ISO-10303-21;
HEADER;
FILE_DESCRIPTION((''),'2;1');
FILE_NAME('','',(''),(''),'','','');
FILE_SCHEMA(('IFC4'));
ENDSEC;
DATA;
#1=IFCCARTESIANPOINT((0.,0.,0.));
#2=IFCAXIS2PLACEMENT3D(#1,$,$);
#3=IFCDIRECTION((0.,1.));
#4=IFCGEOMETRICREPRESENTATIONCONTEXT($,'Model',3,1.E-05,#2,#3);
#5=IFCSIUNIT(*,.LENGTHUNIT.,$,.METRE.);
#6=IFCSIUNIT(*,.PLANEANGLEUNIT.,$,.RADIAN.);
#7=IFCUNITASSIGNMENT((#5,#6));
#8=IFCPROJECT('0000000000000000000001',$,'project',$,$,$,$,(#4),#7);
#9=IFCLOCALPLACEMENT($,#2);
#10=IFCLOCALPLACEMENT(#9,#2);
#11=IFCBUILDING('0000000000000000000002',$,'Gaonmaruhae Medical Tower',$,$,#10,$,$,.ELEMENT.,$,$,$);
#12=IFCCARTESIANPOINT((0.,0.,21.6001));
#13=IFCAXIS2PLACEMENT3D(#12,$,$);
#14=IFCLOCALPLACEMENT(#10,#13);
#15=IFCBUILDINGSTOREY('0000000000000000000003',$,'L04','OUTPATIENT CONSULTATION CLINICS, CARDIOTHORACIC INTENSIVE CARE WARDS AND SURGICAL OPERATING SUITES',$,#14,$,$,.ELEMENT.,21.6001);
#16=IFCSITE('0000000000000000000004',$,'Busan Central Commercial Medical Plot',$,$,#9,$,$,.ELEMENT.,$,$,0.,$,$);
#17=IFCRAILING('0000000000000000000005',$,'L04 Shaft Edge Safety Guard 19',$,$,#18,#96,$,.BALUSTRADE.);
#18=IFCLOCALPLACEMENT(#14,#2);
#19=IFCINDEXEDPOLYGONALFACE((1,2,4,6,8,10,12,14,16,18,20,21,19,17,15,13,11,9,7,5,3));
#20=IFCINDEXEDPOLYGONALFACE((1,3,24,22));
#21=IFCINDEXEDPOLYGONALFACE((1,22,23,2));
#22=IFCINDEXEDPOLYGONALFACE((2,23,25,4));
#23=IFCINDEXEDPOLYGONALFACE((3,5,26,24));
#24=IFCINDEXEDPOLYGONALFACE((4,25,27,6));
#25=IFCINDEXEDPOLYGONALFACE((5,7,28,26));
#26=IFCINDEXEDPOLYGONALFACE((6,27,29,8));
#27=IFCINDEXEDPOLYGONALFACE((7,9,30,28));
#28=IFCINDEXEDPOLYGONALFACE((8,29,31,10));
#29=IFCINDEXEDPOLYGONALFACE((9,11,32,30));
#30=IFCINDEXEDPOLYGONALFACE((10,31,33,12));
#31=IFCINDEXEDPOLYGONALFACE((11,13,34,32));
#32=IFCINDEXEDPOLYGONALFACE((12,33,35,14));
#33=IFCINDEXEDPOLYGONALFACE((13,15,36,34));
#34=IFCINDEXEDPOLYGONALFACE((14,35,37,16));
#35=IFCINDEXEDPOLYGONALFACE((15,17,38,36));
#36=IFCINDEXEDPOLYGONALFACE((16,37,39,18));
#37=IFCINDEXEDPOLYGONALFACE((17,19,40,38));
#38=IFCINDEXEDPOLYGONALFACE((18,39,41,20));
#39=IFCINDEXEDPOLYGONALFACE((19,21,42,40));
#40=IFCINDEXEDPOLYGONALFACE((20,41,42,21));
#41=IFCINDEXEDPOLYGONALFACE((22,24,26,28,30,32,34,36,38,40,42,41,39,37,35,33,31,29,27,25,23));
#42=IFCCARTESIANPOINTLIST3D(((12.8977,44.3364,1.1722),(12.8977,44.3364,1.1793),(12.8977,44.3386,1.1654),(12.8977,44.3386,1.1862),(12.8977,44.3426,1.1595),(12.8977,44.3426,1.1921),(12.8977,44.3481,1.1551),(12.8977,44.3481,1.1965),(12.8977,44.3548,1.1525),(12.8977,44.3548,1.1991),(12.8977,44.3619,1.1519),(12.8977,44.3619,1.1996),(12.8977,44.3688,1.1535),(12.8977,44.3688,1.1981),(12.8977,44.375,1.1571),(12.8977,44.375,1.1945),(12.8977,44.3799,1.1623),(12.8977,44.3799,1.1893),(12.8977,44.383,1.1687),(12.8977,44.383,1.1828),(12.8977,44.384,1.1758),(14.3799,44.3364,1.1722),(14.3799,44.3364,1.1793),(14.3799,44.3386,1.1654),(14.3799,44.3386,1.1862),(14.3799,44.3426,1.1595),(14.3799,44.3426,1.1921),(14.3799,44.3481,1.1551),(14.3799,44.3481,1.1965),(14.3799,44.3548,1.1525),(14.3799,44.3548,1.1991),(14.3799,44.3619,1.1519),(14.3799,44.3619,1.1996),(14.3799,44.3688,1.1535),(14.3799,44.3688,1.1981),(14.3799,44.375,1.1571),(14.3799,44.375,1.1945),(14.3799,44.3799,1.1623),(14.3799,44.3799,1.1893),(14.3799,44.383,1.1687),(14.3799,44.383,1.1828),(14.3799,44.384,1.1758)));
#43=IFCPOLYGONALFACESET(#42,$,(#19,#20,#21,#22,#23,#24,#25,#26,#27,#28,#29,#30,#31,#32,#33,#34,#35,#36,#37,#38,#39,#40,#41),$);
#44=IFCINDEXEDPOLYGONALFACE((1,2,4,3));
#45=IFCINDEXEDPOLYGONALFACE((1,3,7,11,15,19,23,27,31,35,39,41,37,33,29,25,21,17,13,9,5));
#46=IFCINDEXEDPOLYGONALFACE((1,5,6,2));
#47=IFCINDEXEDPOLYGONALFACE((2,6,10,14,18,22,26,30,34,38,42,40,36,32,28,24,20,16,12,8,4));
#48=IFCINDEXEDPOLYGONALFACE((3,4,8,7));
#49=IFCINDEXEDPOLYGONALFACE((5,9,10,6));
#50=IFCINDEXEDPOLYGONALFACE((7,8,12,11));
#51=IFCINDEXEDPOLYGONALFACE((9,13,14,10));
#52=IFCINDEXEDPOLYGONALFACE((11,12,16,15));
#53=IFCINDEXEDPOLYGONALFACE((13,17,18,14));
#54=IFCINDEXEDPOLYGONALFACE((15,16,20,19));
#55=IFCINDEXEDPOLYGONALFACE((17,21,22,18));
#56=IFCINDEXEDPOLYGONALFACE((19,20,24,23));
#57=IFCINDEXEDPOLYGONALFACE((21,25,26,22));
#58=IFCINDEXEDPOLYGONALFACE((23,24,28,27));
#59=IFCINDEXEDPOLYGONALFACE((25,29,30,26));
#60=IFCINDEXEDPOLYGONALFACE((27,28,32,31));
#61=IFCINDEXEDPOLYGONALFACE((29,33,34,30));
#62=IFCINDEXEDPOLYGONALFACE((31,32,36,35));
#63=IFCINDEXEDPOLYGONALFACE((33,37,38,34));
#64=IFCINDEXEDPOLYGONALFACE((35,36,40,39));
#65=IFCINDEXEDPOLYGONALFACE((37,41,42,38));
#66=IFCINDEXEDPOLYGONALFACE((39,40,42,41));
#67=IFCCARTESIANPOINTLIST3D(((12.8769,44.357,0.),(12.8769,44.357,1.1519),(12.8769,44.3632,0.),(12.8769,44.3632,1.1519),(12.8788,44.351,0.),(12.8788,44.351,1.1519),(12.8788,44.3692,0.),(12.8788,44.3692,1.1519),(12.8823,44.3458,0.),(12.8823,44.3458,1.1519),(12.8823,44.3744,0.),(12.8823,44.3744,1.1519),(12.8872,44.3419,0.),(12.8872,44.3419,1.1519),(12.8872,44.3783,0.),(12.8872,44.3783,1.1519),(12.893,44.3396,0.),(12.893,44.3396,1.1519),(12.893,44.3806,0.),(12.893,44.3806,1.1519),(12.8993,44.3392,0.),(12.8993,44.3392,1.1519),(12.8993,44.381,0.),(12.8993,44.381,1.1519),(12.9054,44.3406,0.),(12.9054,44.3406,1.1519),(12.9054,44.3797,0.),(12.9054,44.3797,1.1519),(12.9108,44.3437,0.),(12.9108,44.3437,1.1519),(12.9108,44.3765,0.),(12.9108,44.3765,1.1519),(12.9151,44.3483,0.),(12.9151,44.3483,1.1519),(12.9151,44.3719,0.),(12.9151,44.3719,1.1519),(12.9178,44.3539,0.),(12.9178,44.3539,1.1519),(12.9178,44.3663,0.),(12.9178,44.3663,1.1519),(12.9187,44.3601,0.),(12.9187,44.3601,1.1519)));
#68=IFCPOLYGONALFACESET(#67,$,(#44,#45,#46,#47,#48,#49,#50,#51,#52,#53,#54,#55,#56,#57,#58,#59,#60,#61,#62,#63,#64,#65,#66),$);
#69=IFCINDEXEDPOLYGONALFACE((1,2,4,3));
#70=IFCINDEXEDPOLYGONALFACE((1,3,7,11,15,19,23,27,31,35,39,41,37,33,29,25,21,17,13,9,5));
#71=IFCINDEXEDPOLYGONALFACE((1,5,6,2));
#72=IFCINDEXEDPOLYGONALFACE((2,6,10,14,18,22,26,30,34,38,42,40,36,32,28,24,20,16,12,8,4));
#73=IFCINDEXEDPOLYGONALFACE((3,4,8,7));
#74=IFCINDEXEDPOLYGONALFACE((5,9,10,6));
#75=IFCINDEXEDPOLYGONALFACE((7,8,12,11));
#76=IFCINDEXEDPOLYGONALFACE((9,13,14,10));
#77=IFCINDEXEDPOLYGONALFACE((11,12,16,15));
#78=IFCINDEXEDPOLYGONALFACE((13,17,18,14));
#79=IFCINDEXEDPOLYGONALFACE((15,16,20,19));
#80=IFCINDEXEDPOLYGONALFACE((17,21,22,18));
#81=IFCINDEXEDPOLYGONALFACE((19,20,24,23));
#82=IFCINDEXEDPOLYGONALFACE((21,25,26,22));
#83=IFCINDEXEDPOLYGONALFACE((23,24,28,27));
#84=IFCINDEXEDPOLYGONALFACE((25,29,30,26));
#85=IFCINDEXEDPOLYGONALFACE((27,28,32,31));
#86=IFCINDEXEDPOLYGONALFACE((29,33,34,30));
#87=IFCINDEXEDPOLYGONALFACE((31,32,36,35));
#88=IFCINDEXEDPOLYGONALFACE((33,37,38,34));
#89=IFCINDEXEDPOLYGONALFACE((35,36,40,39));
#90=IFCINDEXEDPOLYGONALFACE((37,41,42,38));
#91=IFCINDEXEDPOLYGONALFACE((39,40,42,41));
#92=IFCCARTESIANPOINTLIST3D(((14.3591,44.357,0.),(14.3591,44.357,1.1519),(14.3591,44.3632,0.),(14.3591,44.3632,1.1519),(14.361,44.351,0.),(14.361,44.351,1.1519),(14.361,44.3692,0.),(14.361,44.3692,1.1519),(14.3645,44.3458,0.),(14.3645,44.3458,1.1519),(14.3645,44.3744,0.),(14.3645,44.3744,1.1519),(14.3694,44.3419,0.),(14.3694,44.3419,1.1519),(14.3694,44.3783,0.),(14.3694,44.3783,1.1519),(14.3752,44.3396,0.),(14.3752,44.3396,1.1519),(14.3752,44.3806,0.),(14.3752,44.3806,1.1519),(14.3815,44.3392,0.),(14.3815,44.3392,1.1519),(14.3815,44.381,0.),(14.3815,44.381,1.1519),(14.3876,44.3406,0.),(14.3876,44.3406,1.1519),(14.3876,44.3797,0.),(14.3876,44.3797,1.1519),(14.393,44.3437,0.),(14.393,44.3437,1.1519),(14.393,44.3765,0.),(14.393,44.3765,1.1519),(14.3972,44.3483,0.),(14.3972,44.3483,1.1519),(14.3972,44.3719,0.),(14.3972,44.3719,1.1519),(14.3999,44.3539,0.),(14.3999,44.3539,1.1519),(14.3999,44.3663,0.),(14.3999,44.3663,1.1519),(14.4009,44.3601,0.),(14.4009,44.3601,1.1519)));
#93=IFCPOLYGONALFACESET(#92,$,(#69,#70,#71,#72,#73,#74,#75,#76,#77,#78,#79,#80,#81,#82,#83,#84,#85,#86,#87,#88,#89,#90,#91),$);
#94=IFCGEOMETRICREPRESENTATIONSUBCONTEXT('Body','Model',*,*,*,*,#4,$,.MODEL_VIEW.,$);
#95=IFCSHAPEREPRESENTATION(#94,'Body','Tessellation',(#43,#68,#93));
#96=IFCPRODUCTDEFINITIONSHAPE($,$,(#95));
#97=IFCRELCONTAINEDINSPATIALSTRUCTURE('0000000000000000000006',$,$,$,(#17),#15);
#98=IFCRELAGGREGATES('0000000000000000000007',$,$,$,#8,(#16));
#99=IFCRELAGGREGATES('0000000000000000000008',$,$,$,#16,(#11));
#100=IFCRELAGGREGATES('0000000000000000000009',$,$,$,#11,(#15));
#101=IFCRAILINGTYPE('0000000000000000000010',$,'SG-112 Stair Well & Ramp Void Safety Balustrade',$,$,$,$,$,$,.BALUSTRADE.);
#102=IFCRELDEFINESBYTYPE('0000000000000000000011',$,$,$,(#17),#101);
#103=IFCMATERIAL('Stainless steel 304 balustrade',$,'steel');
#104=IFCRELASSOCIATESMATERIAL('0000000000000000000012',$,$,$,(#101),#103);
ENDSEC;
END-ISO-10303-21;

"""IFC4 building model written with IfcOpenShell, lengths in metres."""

from ifc_helpers import new_model, si_unit, direction, frame, origin, origin_2d, place, context, subcontext, project, spatial, circle, extrude, material, type_object, element, save


model = new_model("IFC4")

# Units and contexts
model_context = context("Model", 3, precision=1e-05, world=origin(), true_north=direction((0.0, 1.0)))
body_context = subcontext(model_context, "Body", "Model", "MODEL_VIEW")
ifc_project = project(units=[si_unit("LENGTHUNIT", "METRE"), si_unit("PLANEANGLEUNIT", "RADIAN")], contexts=[model_context])

# Site, building, storey
site_placement = place(None, origin())
site = spatial("IfcSite", under=ifc_project, at=site_placement, Name="Busan Central Commercial Medical Plot", CompositionType="ELEMENT", RefElevation=0.0)
building_placement = place(site_placement, origin())
building = spatial("IfcBuilding", under=site, at=building_placement, Name="Gaonmaruhae Medical Tower", CompositionType="ELEMENT")
storey_placement = place(building_placement, frame((0.0, 0.0, 21.6001)))
storey = spatial("IfcBuildingStorey", under=building, at=storey_placement, Name="L04", Description="OUTPATIENT CONSULTATION CLINICS, CARDIOTHORACIC INTENSIVE CARE WARDS AND SURGICAL OPERATING SUITES", CompositionType="ELEMENT", Elevation=21.6001)

# Railing
ifc_material_1 = material(Name="Stainless steel 304 balustrade", Category="steel")
railing_type_1 = type_object("IfcRailingType", Name="SG-112 Stair Well & Ramp Void Safety Balustrade", PredefinedType="BALUSTRADE", material=ifc_material_1)
railing_1_placement = place(storey_placement, frame((12.8977, 44.3601, 0.0)))
element("IfcRailing", 1, at=railing_1_placement, inside=storey, type_object=railing_type_1, Name="L04 Shaft Edge Safety Guard 19", PredefinedType="BALUSTRADE", context=body_context, shape_type="SweptSolid", body=[
    extrude(circle(Radius=0.0239, at=origin_2d()), frame((0.0, 0.0, 1.1758), z_axis=(1.0, 0.0, 0.0), x_axis=(0.0, 1.0, 0.0)), (0.0, 0.0, 1.0), 1.4822),
    extrude(circle(Radius=0.021, at=origin_2d()), origin(), (0.0, 0.0, 1.0), 1.1519),
    extrude(circle(Radius=0.021, at=origin_2d()), frame((1.4822, 0.0, 0.0)), (0.0, 0.0, 1.0), 1.1519),
])

save(model, "model.ifc")
